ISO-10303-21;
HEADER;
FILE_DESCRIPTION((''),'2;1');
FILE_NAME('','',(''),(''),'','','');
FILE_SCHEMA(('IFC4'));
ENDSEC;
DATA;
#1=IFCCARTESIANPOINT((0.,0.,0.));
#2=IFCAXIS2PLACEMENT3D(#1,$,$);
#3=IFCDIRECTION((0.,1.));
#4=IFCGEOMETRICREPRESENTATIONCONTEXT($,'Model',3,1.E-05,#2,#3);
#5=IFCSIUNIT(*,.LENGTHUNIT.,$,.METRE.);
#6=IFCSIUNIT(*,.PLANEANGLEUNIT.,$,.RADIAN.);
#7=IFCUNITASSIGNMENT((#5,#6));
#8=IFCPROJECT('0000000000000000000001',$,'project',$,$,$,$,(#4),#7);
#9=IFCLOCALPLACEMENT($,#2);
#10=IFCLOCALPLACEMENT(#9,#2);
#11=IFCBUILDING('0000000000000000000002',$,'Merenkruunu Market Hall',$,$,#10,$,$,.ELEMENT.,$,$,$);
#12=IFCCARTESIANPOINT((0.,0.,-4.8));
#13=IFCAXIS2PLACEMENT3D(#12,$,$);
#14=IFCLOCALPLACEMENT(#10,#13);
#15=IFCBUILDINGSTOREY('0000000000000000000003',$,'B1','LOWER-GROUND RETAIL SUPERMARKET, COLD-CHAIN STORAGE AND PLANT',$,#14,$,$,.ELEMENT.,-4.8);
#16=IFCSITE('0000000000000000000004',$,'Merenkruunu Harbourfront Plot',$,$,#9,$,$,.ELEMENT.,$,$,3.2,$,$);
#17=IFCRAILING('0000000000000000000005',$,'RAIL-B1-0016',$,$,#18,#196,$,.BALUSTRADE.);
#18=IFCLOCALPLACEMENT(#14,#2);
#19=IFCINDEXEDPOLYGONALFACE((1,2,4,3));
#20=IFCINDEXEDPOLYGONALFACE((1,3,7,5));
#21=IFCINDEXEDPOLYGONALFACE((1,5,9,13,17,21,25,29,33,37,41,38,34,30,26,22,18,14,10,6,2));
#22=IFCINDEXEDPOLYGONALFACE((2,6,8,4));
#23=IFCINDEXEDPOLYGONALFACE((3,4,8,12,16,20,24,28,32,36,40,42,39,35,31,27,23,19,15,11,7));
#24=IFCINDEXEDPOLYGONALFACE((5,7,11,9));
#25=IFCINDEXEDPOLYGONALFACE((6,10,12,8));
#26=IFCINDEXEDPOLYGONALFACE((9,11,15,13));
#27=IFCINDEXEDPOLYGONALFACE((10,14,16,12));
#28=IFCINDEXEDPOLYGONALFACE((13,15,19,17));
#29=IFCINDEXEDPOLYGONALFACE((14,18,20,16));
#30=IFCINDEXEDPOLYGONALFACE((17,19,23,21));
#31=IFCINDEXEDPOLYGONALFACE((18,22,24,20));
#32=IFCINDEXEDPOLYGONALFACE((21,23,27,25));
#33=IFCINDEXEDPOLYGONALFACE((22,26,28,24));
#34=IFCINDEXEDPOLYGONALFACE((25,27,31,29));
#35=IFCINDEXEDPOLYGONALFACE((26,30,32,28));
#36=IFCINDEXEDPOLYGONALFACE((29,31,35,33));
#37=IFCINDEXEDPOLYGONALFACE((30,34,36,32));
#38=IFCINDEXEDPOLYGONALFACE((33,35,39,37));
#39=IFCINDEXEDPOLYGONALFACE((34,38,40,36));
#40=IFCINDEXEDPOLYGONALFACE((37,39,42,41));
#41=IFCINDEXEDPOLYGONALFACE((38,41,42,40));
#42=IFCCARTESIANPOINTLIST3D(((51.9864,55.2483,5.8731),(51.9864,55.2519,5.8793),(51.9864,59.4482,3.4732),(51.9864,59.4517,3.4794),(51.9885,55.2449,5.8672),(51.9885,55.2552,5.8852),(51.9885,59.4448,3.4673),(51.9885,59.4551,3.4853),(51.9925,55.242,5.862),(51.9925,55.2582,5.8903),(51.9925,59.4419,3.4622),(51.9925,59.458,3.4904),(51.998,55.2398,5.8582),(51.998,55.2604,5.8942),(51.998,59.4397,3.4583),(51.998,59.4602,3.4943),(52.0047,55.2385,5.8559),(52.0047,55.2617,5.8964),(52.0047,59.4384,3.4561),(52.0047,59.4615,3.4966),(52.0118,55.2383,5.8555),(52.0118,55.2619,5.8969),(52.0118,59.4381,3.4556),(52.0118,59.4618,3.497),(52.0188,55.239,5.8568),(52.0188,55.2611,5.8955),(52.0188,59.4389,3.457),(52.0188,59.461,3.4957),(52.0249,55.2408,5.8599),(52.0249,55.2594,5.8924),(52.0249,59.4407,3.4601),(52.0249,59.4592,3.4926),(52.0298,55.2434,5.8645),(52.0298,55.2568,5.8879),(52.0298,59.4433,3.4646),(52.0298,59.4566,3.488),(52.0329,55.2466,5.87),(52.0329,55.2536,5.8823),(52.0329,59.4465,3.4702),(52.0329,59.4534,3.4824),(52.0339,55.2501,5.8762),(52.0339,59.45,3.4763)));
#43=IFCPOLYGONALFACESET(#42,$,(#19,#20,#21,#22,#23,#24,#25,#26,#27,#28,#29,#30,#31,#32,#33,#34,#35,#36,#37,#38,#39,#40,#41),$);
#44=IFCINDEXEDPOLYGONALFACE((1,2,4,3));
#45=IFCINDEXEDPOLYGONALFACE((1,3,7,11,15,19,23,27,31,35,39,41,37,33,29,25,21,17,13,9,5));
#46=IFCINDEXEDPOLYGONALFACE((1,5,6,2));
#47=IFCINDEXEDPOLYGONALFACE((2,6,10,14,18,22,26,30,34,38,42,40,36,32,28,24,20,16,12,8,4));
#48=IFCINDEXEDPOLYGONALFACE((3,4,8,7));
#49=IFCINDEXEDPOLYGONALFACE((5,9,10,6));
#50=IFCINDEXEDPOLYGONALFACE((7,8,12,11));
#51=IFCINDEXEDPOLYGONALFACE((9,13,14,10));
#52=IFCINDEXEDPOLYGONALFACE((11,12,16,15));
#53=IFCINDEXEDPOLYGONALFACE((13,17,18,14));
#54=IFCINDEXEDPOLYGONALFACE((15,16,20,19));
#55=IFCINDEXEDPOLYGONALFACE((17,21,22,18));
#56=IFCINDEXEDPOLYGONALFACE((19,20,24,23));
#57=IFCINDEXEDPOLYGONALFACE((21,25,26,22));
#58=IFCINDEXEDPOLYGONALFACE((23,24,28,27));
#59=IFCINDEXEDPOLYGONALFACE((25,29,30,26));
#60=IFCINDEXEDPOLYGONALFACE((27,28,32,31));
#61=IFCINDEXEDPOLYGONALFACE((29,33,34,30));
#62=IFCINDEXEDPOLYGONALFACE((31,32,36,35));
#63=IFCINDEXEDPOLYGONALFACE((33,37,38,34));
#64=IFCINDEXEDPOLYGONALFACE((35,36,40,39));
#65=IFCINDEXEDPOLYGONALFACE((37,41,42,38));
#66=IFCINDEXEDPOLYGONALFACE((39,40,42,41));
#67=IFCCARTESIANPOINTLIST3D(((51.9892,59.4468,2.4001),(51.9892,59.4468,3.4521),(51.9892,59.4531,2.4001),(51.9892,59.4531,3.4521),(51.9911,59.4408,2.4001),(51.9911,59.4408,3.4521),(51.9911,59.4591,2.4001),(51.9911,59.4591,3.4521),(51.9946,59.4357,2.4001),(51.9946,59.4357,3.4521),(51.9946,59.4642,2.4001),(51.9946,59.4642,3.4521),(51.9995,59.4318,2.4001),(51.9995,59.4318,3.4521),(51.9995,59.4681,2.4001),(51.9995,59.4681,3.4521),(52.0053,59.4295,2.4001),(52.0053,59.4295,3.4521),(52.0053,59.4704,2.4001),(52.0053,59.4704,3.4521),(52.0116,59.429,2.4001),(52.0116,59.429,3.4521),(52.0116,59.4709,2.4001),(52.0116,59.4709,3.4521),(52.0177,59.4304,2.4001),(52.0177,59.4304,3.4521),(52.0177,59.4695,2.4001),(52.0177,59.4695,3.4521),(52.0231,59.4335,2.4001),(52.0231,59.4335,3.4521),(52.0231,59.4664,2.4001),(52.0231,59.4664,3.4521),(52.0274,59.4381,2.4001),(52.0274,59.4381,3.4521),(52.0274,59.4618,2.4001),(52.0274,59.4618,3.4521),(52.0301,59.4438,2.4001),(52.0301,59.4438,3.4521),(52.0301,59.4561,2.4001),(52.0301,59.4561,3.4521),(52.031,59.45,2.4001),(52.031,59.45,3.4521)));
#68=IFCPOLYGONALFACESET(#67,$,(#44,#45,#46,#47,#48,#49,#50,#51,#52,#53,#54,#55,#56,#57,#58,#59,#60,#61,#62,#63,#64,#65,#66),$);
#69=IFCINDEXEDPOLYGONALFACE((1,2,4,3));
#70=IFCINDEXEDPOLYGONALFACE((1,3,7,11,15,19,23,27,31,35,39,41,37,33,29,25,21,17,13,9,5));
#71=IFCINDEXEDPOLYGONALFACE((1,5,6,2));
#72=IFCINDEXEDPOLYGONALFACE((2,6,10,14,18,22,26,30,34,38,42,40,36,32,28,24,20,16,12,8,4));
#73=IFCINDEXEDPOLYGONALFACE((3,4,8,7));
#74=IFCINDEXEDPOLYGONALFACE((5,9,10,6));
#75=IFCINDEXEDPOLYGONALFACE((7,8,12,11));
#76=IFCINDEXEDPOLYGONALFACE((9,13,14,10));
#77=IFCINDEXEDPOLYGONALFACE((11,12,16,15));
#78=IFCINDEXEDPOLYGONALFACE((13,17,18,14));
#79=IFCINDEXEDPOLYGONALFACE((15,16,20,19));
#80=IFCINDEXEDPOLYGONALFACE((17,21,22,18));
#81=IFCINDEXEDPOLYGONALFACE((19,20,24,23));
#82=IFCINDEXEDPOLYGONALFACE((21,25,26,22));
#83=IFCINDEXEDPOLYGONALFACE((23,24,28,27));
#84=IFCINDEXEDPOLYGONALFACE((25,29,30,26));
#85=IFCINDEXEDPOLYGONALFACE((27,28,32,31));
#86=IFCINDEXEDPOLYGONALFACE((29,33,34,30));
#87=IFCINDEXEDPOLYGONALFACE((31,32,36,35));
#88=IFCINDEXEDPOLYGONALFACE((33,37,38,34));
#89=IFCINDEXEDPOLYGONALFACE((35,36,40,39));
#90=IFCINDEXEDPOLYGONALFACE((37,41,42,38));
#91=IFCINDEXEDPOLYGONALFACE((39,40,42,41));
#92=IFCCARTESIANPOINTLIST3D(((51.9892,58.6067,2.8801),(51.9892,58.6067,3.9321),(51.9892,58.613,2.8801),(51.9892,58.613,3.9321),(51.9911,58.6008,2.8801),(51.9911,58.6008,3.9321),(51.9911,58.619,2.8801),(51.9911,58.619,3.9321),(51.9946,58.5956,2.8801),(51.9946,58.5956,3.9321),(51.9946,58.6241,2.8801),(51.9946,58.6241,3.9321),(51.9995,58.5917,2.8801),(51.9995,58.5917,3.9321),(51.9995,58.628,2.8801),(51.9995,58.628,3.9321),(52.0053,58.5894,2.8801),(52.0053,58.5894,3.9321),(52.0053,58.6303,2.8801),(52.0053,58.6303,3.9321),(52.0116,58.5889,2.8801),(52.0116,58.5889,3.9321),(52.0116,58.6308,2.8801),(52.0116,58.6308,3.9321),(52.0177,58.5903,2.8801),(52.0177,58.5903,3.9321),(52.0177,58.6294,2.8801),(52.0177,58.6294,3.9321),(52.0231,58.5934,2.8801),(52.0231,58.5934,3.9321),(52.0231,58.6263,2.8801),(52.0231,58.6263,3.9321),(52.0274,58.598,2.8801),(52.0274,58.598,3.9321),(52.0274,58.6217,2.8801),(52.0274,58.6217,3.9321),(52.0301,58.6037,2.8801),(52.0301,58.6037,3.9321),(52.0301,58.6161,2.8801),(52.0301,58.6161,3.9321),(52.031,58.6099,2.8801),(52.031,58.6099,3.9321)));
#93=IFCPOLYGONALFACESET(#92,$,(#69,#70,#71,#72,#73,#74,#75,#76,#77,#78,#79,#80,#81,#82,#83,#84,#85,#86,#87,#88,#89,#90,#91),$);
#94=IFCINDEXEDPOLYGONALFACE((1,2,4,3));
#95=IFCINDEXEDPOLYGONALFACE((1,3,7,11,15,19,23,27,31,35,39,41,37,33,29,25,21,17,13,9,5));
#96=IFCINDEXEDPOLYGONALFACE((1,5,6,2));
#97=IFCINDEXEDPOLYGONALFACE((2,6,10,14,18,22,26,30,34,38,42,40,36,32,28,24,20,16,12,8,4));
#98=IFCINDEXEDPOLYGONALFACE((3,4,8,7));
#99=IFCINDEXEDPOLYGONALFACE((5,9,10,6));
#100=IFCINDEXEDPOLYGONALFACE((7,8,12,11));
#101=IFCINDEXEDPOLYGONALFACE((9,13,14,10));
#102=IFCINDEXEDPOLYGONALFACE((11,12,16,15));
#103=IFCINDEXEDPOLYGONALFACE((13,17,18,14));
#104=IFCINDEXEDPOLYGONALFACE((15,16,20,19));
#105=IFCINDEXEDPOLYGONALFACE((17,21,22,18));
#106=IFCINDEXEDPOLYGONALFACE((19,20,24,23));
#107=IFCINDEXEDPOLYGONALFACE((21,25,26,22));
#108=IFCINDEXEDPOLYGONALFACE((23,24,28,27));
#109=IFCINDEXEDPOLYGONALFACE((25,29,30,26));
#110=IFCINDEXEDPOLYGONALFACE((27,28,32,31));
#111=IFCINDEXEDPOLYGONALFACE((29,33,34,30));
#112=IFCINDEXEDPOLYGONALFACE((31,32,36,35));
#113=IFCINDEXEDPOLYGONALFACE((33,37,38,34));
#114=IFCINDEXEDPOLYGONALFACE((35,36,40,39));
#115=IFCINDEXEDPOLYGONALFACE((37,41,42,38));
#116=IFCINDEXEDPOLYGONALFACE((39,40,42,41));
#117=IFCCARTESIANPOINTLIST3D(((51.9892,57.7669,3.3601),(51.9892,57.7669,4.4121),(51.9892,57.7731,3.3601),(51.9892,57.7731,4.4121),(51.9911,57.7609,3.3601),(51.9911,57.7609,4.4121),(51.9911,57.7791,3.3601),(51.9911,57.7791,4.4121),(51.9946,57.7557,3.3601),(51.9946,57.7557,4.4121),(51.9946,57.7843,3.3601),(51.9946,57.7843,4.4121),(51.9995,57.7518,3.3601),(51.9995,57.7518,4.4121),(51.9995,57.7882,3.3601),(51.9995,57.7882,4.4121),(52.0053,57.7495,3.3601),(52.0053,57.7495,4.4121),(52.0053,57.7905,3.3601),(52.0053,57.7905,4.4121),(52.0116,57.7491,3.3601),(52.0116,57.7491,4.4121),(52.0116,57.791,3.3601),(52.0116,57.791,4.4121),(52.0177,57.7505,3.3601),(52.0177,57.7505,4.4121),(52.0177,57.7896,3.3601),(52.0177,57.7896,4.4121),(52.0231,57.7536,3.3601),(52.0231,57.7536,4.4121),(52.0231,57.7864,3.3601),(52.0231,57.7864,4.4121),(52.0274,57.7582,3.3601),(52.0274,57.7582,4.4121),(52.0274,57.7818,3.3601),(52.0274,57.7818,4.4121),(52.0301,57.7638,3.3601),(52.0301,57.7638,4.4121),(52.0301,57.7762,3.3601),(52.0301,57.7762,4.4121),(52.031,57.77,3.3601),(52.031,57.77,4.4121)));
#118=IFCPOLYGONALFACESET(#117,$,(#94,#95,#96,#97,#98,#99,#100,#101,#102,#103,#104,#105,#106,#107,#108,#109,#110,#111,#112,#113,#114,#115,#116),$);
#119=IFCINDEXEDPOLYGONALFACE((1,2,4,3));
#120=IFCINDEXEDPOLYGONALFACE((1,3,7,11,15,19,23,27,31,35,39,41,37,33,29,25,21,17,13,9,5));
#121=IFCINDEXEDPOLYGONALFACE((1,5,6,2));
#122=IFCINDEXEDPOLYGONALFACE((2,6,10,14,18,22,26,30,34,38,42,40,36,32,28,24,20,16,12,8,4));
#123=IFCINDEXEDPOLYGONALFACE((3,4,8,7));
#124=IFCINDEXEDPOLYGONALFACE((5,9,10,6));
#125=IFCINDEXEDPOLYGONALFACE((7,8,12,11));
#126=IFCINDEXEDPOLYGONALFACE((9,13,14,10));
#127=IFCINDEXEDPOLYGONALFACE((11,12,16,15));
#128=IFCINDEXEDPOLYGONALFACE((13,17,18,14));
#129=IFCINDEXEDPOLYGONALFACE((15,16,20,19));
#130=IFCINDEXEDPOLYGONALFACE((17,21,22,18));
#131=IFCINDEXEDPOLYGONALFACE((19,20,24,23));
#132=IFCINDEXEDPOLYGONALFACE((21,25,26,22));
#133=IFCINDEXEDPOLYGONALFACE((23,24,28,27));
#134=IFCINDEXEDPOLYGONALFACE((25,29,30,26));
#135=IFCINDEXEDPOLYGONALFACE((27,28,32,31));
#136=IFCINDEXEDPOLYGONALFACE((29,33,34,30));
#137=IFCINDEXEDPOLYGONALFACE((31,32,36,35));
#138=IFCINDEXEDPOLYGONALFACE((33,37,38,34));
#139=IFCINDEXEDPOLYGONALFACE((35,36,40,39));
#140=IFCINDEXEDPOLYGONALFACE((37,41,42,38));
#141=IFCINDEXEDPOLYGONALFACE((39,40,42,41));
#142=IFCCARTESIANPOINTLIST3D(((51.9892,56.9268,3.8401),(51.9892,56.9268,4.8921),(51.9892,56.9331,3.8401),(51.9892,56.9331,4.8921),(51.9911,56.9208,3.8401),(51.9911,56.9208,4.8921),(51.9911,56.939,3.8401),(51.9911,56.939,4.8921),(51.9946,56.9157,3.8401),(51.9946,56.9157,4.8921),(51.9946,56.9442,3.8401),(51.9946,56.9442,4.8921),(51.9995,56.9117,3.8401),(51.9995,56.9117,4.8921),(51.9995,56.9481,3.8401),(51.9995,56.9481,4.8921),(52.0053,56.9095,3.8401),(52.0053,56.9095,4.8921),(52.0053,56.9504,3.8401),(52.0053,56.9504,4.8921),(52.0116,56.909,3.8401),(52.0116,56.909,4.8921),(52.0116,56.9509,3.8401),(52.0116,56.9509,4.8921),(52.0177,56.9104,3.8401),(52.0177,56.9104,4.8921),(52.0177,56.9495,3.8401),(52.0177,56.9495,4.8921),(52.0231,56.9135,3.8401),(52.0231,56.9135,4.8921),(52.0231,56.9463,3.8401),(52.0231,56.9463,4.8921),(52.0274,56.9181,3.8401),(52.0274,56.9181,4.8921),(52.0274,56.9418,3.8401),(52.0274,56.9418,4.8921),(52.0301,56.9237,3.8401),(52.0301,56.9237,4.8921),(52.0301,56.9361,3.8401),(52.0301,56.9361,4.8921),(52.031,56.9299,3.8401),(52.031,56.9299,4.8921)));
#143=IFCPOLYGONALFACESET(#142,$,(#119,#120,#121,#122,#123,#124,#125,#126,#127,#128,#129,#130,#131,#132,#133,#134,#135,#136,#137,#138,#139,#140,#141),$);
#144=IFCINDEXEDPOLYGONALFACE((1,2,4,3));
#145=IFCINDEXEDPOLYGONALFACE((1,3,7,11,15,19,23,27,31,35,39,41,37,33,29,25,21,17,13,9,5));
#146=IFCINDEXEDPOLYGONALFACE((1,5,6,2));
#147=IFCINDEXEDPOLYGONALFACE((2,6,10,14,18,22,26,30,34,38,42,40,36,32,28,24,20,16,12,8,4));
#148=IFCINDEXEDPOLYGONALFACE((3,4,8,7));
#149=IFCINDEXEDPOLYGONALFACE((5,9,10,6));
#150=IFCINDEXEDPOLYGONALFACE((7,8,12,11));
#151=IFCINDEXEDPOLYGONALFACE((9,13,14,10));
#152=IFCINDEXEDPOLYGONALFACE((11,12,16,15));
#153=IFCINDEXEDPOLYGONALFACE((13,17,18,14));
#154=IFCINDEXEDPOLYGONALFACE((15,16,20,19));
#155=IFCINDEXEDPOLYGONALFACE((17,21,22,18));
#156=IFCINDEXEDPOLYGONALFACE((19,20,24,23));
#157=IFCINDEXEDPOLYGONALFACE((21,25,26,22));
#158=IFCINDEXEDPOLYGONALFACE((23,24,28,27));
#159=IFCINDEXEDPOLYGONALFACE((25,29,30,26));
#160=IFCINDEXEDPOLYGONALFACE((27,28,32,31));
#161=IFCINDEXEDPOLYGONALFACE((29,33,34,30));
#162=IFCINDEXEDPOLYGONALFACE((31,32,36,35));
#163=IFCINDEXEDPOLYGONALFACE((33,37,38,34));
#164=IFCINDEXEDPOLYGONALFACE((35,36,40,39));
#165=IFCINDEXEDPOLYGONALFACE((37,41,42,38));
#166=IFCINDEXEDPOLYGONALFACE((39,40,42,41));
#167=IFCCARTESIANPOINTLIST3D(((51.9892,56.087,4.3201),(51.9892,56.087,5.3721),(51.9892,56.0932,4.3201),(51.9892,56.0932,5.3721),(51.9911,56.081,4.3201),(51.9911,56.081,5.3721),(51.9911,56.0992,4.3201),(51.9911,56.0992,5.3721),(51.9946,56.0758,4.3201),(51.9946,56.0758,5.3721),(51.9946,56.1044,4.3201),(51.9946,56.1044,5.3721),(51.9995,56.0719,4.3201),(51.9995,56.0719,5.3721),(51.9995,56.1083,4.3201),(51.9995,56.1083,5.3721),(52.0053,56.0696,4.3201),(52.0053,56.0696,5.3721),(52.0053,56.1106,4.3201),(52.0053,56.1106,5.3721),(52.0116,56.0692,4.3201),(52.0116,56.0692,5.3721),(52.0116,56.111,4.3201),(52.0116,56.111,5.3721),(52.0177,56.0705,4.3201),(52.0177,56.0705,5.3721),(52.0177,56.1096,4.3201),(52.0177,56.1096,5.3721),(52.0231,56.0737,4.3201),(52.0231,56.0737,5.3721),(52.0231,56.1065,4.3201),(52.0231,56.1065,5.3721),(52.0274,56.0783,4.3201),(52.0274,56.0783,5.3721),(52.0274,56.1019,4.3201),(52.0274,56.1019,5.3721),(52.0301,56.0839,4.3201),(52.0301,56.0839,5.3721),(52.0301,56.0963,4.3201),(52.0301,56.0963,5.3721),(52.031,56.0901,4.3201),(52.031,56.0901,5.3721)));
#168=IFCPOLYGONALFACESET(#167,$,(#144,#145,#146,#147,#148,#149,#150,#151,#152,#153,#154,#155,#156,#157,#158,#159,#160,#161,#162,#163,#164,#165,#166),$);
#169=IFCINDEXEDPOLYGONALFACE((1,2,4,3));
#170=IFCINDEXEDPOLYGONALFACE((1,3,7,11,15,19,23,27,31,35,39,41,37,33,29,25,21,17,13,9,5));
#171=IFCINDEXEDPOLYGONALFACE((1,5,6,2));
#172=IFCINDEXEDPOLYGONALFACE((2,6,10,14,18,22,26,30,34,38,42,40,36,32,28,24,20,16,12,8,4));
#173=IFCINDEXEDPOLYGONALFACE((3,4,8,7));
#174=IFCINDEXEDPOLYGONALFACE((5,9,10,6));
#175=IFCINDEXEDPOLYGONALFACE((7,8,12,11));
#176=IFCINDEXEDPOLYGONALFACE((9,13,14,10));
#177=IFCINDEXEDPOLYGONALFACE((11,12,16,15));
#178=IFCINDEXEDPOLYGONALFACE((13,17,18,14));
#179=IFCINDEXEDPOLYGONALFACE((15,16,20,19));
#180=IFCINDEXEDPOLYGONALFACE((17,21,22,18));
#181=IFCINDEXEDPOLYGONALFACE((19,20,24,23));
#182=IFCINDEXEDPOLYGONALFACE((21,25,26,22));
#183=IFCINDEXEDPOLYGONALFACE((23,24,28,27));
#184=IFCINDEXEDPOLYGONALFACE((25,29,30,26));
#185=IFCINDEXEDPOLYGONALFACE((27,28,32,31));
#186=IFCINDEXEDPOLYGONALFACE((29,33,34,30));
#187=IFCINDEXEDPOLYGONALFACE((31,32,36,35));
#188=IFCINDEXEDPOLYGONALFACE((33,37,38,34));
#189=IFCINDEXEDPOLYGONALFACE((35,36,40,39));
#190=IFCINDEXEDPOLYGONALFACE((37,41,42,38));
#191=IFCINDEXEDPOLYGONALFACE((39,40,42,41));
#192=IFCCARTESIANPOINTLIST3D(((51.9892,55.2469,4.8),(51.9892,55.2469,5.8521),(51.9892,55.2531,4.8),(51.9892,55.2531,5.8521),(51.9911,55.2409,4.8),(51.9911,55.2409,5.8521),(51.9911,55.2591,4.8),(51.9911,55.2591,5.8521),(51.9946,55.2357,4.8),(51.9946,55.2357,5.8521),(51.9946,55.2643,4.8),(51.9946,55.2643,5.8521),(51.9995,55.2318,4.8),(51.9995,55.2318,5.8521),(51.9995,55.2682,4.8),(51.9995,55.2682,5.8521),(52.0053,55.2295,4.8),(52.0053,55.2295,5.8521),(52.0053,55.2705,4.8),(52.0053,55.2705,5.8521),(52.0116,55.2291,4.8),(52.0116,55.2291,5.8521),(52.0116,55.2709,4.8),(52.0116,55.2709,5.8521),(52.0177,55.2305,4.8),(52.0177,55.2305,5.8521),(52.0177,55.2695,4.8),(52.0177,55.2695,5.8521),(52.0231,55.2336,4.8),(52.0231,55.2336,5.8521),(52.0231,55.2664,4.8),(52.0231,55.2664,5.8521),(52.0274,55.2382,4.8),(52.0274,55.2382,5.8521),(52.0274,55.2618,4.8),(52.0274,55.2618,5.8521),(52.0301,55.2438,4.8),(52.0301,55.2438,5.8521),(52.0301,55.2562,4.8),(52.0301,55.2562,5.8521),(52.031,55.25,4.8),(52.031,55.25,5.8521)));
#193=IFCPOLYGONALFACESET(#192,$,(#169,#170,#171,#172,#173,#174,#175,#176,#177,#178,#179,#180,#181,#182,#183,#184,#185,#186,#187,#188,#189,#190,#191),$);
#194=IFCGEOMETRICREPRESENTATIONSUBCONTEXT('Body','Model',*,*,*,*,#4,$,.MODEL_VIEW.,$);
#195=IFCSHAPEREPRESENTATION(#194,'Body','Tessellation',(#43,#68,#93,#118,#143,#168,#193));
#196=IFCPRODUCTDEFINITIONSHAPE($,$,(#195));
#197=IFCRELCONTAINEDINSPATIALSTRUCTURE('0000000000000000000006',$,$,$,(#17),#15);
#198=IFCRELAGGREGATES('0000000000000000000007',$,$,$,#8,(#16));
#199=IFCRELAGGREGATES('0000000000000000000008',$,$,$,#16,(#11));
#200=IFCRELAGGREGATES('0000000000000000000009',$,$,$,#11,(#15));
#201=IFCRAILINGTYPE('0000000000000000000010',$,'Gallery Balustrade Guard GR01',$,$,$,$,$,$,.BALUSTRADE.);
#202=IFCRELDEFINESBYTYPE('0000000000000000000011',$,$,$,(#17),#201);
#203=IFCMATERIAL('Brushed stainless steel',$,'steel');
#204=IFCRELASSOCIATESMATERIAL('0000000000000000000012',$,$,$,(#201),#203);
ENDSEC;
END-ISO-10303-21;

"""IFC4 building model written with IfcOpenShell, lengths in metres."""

from ifc_helpers import new_model, si_unit, direction, frame, origin, origin_2d, place, context, subcontext, project, spatial, circle, extrude, material, type_object, element, save


model = new_model("IFC4")

# Units and contexts
model_context = context("Model", 3, precision=1e-05, world=origin(), true_north=direction((0.0, 1.0)))
body_context = subcontext(model_context, "Body", "Model", "MODEL_VIEW")
ifc_project = project(units=[si_unit("LENGTHUNIT", "METRE"), si_unit("PLANEANGLEUNIT", "RADIAN")], contexts=[model_context])

# Site, building, storey
site_placement = place(None, origin())
site = spatial("IfcSite", under=ifc_project, at=site_placement, Name="Merenkruunu Harbourfront Plot", CompositionType="ELEMENT", RefElevation=3.2)
building_placement = place(site_placement, origin())
building = spatial("IfcBuilding", under=site, at=building_placement, Name="Merenkruunu Market Hall", CompositionType="ELEMENT")
storey_placement = place(building_placement, frame((0.0, 0.0, -4.8)))
storey = spatial("IfcBuildingStorey", under=building, at=storey_placement, Name="B1", Description="LOWER-GROUND RETAIL SUPERMARKET, COLD-CHAIN STORAGE AND PLANT", CompositionType="ELEMENT", Elevation=-4.8)

# Shared definitions
ifc_material_1 = material(Name="Brushed stainless steel", Category="steel")

# Railing
railing_type_1 = type_object("IfcRailingType", Name="Gallery Balustrade Guard GR01", PredefinedType="BALUSTRADE", material=ifc_material_1)
railing_1_placement = place(storey_placement, frame((52.01, 59.45, 2.4001)))
element("IfcRailing", 1, at=railing_1_placement, inside=storey, type_object=railing_type_1, Name="RAIL-B1-0016", PredefinedType="BALUSTRADE", context=body_context, shape_type="SweptSolid", body=[
    extrude(circle(Radius=0.0239, at=origin_2d()), frame((0.0, 0.0, 1.0762), z_axis=(0.0, -0.868249, 0.496128), x_axis=(1.0, 0.0, 0.0)), (0.0, 0.0, 1.0), 4.8372),
    extrude(circle(Radius=0.021, at=origin_2d()), origin(), (0.0, 0.0, 1.0), 1.052),
    extrude(circle(Radius=0.021, at=origin_2d()), frame((0.0, -0.8401, 0.48)), (0.0, 0.0, 1.0), 1.052),
    extrude(circle(Radius=0.021, at=origin_2d()), frame((0.0, -1.6799, 0.96)), (0.0, 0.0, 1.0), 1.052),
    extrude(circle(Radius=0.021, at=origin_2d()), frame((0.0, -2.52, 1.4399)), (0.0, 0.0, 1.0), 1.052),
    extrude(circle(Radius=0.021, at=origin_2d()), frame((0.0, -3.3599, 1.9199)), (0.0, 0.0, 1.0), 1.052),
    extrude(circle(Radius=0.021, at=origin_2d()), frame((0.0, -4.2, 2.3999)), (0.0, 0.0, 1.0), 1.052),
])

save(model, "model.ifc")
